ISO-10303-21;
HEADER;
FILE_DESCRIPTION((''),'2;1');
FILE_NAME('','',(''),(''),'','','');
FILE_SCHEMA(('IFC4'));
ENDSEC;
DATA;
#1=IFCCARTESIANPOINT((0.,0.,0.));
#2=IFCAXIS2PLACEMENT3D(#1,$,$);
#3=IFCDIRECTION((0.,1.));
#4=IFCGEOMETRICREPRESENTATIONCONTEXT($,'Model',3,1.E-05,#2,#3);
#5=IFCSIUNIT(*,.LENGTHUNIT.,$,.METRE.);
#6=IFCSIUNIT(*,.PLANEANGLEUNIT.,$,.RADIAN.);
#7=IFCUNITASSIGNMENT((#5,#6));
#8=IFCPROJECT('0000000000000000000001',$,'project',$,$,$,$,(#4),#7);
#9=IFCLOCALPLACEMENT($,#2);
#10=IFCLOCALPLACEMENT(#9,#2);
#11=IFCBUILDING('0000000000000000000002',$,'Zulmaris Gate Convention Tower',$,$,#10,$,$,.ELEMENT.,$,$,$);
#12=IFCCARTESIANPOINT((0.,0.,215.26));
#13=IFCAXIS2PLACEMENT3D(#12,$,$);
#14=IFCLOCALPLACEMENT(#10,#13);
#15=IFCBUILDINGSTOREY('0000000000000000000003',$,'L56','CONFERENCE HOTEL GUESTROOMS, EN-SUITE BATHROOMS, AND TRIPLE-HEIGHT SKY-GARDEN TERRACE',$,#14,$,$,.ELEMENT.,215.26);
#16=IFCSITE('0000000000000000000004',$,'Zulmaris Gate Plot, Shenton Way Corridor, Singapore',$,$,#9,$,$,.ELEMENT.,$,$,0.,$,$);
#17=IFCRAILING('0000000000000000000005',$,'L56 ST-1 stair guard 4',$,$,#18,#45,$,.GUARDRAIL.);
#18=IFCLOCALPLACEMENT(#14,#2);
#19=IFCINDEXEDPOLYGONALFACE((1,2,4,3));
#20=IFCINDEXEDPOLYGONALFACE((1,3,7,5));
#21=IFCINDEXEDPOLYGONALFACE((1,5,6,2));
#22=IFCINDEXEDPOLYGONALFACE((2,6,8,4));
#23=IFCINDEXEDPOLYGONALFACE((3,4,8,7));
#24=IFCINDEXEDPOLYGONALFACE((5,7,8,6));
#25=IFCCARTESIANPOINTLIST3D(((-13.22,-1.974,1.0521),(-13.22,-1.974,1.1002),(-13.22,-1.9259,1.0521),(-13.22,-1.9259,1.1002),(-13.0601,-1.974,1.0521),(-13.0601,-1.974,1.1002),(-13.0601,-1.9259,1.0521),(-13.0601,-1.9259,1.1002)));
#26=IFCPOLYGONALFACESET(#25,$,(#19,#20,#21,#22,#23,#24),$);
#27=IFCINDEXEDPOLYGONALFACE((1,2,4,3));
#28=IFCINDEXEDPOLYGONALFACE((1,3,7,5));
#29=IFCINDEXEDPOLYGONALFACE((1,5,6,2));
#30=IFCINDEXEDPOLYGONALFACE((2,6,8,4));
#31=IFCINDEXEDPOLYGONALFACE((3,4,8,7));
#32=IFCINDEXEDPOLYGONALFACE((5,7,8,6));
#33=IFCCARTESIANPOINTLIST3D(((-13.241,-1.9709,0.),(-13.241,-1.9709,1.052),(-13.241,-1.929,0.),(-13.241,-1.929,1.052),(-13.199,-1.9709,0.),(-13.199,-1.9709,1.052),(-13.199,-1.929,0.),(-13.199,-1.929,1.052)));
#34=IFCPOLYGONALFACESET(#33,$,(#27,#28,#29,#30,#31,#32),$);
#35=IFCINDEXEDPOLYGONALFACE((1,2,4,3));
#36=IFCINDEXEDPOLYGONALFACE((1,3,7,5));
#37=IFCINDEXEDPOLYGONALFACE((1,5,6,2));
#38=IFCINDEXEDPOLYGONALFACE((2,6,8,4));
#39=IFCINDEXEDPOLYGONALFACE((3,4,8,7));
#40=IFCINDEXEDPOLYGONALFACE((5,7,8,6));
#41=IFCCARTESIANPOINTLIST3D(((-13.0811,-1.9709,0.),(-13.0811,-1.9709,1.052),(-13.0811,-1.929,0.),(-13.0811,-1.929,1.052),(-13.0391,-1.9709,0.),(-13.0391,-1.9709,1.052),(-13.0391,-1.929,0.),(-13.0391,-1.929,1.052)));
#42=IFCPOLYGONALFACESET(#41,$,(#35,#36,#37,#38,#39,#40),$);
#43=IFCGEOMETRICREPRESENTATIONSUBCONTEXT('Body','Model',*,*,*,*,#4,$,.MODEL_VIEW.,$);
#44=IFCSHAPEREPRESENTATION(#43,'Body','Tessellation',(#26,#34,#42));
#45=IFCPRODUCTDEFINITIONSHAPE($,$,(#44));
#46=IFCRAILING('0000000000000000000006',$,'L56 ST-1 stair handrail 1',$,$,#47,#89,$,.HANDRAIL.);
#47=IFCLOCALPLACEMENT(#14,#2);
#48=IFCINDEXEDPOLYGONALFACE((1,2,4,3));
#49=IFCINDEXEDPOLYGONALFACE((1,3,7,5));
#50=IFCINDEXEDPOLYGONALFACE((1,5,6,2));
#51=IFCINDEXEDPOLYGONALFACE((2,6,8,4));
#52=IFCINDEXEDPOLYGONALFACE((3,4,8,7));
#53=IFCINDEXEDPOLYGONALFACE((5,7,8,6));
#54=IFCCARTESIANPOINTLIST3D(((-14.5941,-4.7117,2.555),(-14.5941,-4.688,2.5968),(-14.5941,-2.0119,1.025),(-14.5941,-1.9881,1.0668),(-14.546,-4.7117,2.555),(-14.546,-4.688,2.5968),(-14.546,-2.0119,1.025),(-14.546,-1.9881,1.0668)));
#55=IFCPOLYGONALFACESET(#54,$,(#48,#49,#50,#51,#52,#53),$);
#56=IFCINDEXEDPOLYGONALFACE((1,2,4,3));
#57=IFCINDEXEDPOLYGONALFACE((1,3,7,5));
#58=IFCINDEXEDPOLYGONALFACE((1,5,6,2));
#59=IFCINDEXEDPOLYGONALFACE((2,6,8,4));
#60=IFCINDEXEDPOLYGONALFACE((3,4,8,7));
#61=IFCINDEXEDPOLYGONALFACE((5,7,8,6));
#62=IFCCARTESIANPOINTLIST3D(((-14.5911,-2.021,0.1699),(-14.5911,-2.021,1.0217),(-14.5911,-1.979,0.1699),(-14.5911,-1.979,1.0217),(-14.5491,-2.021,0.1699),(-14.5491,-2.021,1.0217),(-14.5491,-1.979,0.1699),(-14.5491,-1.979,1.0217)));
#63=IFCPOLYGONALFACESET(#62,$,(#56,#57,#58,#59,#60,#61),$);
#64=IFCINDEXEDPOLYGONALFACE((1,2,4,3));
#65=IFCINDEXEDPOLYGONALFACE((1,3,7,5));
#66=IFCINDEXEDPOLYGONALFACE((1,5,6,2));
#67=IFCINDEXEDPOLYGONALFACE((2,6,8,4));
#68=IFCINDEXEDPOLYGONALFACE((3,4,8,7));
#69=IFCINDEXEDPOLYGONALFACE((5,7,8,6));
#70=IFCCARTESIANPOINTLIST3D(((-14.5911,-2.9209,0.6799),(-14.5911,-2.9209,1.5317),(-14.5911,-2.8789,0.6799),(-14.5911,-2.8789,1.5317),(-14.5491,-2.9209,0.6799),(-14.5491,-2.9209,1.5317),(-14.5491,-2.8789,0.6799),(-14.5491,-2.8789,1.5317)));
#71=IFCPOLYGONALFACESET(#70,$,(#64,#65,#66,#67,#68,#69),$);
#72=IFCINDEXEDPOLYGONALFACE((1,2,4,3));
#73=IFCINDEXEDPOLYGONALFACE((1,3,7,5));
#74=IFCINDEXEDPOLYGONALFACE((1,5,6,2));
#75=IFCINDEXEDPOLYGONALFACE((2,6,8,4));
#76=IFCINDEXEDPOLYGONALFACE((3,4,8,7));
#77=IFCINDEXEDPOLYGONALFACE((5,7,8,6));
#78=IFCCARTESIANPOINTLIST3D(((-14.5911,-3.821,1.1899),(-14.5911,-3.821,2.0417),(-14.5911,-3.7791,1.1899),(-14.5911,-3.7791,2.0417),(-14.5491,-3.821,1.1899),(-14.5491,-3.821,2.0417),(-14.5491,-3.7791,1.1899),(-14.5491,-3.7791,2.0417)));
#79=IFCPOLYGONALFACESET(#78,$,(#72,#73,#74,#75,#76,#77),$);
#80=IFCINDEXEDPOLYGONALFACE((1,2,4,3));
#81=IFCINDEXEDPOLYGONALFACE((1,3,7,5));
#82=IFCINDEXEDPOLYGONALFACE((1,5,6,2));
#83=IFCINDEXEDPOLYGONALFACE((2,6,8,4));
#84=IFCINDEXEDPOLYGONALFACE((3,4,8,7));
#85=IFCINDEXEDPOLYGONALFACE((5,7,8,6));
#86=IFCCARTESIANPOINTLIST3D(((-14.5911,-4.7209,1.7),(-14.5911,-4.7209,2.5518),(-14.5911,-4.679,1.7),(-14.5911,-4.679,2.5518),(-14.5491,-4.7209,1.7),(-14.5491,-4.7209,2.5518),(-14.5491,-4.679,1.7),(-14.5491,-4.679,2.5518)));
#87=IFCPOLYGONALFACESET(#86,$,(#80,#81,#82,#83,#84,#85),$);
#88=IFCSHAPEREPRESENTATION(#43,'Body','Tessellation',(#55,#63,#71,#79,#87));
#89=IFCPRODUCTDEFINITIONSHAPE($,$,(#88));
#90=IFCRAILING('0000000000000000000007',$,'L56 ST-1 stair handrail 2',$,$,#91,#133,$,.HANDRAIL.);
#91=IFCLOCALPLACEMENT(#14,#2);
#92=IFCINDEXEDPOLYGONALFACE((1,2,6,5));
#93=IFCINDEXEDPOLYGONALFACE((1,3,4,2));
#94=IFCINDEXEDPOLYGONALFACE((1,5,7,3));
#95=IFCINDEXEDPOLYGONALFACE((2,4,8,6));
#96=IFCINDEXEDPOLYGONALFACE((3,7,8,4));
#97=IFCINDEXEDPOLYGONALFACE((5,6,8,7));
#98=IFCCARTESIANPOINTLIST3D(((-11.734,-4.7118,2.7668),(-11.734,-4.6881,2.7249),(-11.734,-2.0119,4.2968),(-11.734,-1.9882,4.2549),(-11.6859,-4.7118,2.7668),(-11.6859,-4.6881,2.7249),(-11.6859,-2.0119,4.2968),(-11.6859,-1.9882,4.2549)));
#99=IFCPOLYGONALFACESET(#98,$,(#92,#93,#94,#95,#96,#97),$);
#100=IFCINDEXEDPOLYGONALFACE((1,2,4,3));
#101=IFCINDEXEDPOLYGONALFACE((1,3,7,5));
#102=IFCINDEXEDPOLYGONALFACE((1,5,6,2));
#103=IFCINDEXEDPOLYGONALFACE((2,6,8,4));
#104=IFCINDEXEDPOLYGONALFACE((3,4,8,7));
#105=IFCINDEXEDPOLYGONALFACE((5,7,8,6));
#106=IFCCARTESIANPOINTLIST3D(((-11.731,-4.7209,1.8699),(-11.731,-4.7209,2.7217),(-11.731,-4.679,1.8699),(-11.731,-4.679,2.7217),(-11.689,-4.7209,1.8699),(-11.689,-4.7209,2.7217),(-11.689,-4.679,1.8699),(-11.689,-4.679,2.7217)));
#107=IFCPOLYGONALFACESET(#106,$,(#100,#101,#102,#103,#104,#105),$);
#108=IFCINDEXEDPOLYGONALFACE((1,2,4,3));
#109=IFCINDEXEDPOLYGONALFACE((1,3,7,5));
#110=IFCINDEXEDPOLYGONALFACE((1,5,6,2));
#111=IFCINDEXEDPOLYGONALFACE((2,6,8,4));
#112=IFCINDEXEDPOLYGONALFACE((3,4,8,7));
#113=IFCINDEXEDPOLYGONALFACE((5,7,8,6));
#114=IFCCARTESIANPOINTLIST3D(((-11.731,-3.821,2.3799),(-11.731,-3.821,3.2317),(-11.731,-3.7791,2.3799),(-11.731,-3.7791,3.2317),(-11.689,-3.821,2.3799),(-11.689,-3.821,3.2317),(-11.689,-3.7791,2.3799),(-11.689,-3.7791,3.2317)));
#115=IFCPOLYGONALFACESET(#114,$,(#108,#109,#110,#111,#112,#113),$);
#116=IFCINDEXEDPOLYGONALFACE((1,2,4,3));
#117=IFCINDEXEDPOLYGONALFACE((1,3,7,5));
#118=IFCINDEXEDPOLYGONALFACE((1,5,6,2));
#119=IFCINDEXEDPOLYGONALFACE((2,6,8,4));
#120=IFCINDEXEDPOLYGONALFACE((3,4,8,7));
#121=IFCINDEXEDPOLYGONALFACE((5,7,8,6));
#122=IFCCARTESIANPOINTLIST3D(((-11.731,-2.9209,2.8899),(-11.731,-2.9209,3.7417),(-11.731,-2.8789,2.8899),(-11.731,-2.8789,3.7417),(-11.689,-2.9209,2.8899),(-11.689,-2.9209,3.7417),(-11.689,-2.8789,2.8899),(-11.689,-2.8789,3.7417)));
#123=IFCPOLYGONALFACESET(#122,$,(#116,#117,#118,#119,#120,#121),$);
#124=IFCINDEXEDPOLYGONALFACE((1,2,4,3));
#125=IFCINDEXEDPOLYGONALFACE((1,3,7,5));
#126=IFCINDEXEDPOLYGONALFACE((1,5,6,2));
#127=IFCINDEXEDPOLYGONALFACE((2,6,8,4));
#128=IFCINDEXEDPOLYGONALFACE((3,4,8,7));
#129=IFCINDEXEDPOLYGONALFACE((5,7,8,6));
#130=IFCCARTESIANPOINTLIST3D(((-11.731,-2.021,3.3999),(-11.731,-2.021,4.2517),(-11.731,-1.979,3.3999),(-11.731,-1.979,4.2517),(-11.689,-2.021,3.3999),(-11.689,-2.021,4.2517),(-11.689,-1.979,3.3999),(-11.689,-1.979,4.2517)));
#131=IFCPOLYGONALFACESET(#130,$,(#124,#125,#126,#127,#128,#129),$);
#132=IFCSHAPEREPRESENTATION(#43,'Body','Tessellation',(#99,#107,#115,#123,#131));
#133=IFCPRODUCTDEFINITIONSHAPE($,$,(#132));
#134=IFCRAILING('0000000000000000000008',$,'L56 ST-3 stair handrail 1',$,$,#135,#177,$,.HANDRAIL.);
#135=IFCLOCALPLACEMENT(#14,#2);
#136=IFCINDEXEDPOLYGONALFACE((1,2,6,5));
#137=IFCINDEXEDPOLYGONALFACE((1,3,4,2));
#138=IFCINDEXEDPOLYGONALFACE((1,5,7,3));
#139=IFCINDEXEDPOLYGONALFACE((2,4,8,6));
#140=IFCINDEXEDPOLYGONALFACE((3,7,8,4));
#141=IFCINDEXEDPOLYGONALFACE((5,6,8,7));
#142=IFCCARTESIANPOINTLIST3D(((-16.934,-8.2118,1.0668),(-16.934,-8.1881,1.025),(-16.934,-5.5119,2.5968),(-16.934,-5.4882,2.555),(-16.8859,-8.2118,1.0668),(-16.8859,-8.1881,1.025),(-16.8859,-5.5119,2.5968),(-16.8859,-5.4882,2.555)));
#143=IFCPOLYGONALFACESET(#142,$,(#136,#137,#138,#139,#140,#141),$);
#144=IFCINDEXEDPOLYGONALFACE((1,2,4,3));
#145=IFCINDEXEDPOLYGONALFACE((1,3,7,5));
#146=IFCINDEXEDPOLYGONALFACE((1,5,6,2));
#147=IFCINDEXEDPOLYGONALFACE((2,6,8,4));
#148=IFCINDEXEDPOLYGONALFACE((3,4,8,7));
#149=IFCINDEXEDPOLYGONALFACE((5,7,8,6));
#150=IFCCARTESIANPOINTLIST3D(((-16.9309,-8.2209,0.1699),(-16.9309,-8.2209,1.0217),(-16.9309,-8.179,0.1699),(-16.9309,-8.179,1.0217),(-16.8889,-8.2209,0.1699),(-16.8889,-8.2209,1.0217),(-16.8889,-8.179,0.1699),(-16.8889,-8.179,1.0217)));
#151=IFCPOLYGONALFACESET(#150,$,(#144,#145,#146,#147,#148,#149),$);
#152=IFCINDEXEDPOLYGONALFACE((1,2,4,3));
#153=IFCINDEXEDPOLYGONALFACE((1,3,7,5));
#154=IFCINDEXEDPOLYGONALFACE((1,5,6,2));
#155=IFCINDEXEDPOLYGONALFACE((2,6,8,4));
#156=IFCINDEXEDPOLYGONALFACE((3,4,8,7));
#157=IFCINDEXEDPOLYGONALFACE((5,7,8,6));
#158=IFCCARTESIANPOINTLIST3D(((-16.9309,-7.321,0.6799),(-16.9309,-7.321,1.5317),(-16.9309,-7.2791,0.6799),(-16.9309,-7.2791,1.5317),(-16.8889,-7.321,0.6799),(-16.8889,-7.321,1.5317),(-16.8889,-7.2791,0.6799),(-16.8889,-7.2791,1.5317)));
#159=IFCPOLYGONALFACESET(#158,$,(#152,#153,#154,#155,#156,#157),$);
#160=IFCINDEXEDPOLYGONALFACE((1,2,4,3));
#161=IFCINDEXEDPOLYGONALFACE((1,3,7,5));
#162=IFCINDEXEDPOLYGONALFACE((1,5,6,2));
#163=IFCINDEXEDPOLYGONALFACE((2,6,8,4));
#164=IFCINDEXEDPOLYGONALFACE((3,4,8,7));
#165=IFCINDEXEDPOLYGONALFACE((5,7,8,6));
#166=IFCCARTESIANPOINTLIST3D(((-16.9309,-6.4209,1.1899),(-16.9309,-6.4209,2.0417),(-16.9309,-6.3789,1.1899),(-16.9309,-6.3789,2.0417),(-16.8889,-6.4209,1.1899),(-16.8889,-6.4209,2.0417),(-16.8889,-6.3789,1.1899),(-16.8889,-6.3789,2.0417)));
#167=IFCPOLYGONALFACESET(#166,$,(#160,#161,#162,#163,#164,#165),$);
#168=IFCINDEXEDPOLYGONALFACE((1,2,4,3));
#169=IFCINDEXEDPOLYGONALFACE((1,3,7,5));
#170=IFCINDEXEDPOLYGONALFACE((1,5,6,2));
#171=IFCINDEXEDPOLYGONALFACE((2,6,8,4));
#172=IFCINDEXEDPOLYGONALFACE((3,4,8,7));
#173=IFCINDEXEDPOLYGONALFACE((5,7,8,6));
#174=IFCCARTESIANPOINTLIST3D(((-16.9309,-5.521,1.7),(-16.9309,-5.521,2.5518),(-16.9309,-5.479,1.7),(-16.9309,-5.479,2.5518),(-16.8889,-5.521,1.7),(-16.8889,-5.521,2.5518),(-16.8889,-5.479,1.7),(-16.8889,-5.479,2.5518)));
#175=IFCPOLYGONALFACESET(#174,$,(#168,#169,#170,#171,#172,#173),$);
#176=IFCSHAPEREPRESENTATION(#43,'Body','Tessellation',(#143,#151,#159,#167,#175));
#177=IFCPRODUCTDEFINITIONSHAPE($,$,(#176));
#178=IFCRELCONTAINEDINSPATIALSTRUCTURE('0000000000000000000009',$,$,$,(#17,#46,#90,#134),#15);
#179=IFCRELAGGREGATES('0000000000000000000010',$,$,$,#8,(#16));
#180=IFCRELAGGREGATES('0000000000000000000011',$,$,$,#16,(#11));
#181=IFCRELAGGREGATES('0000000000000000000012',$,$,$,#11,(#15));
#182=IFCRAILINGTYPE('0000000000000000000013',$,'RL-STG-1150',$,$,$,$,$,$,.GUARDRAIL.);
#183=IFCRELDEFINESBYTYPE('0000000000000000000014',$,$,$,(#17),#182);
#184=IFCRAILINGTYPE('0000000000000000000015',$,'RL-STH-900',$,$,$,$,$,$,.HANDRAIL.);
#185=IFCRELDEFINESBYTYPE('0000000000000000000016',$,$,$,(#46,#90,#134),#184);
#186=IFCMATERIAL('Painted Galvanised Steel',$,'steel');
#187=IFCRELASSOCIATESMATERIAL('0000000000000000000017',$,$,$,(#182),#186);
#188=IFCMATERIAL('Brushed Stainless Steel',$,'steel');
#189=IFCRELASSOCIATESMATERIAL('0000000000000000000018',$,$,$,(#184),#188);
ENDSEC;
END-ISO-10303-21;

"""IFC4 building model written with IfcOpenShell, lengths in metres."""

from ifc_helpers import new_model, si_unit, direction, frame, origin, origin_2d, place, context, subcontext, project, spatial, rectangle, extrude, material, type_object, element, save


model = new_model("IFC4")

# Units and contexts
model_context = context("Model", 3, precision=1e-05, world=origin(), true_north=direction((0.0, 1.0)))
body_context = subcontext(model_context, "Body", "Model", "MODEL_VIEW")
ifc_project = project(units=[si_unit("LENGTHUNIT", "METRE"), si_unit("PLANEANGLEUNIT", "RADIAN")], contexts=[model_context])

# Site, building, storey
site_placement = place(None, origin())
site = spatial("IfcSite", under=ifc_project, at=site_placement, Name="Zulmaris Gate Plot, Shenton Way Corridor, Singapore", CompositionType="ELEMENT", RefElevation=0.0)
building_placement = place(site_placement, origin())
building = spatial("IfcBuilding", under=site, at=building_placement, Name="Zulmaris Gate Convention Tower", CompositionType="ELEMENT")
storey_placement = place(building_placement, frame((0.0, 0.0, 215.26)))
storey = spatial("IfcBuildingStorey", under=building, at=storey_placement, Name="L56", Description="CONFERENCE HOTEL GUESTROOMS, EN-SUITE BATHROOMS, AND TRIPLE-HEIGHT SKY-GARDEN TERRACE", CompositionType="ELEMENT", Elevation=215.26)

# Shared definitions
ifc_material_1 = material(Name="Brushed Stainless Steel", Category="steel")

# Railings
ifc_material_2 = material(Name="Painted Galvanised Steel", Category="steel")
railing_type_1 = type_object("IfcRailingType", Name="RL-STG-1150", PredefinedType="GUARDRAIL", material=ifc_material_2)
railing_1_placement = place(storey_placement, frame((-13.22, -1.95, 0.0)))
element("IfcRailing", 1, at=railing_1_placement, inside=storey, type_object=railing_type_1, Name="L56 ST-1 stair guard 4", PredefinedType="GUARDRAIL", context=body_context, shape_type="SweptSolid", body=[
    extrude(rectangle(XDim=0.0481, YDim=0.0481, at=origin_2d()), frame((0.0, 0.0, 1.0762), z_axis=(1.0, 0.0, 0.0), x_axis=(0.0, 1.0, 0.0)), (0.0, 0.0, 1.0), 0.1599),
    extrude(rectangle(XDim=0.042, YDim=0.042, at=origin_2d()), origin(), (0.0, 0.0, 1.0), 1.052),
    extrude(rectangle(XDim=0.042, YDim=0.042, at=origin_2d()), frame((0.1599, 0.0, 0.0)), (0.0, 0.0, 1.0), 1.052),
])
railing_type_2 = type_object("IfcRailingType", Name="RL-STH-900", PredefinedType="HANDRAIL", material=ifc_material_1)
railing_2_placement = place(storey_placement, frame((-14.5701, -2.0, 0.1699)))
element("IfcRailing", 2, at=railing_2_placement, inside=storey, type_object=railing_type_2, Name="L56 ST-1 stair handrail 1", PredefinedType="HANDRAIL", context=body_context, shape_type="SweptSolid", body=[
    extrude(rectangle(XDim=0.0481, YDim=0.0481, at=origin_2d()), frame((0.0, 0.0, 0.876), z_axis=(0.0, -0.870014, 0.493026), x_axis=(1.0, 0.0, 0.0)), (0.0, 0.0, 1.0), 3.1033),
    extrude(rectangle(XDim=0.042, YDim=0.042, at=origin_2d()), origin(), (0.0, 0.0, 1.0), 0.8518),
    extrude(rectangle(XDim=0.042, YDim=0.042, at=origin_2d()), frame((0.0, -0.8999, 0.51)), (0.0, 0.0, 1.0), 0.8518),
    extrude(rectangle(XDim=0.042, YDim=0.042, at=origin_2d()), frame((0.0, -1.8, 1.02)), (0.0, 0.0, 1.0), 0.8518),
    extrude(rectangle(XDim=0.042, YDim=0.042, at=origin_2d()), frame((0.0, -2.7, 1.53)), (0.0, 0.0, 1.0), 0.8518),
])
for number, where, name in (
    (3, (-11.71, -4.7, 1.8699), "L56 ST-1 stair handrail 2"),
    (4, (-16.9099, -8.2, 0.1699), "L56 ST-3 stair handrail 1"),
):
    element("IfcRailing", number, at=place(storey_placement, frame(where)), inside=storey, type_object=railing_type_2, Name=name, PredefinedType="HANDRAIL", context=body_context, shape_type="SweptSolid", body=[
        extrude(rectangle(XDim=0.0481, YDim=0.0481, at=origin_2d()), frame((0.0, 0.0, 0.876), z_axis=(0.0, 0.870014, 0.493026), x_axis=(-1.0, 0.0, 0.0)), (0.0, 0.0, 1.0), 3.1033),
        extrude(rectangle(XDim=0.042, YDim=0.042, at=origin_2d()), origin(), (0.0, 0.0, 1.0), 0.8518),
        extrude(rectangle(XDim=0.042, YDim=0.042, at=origin_2d()), frame((0.0, 0.8999, 0.51)), (0.0, 0.0, 1.0), 0.8518),
        extrude(rectangle(XDim=0.042, YDim=0.042, at=origin_2d()), frame((0.0, 1.8, 1.02)), (0.0, 0.0, 1.0), 0.8518),
        extrude(rectangle(XDim=0.042, YDim=0.042, at=origin_2d()), frame((0.0, 2.7, 1.53)), (0.0, 0.0, 1.0), 0.8518),
    ])

save(model, "model.ifc")
